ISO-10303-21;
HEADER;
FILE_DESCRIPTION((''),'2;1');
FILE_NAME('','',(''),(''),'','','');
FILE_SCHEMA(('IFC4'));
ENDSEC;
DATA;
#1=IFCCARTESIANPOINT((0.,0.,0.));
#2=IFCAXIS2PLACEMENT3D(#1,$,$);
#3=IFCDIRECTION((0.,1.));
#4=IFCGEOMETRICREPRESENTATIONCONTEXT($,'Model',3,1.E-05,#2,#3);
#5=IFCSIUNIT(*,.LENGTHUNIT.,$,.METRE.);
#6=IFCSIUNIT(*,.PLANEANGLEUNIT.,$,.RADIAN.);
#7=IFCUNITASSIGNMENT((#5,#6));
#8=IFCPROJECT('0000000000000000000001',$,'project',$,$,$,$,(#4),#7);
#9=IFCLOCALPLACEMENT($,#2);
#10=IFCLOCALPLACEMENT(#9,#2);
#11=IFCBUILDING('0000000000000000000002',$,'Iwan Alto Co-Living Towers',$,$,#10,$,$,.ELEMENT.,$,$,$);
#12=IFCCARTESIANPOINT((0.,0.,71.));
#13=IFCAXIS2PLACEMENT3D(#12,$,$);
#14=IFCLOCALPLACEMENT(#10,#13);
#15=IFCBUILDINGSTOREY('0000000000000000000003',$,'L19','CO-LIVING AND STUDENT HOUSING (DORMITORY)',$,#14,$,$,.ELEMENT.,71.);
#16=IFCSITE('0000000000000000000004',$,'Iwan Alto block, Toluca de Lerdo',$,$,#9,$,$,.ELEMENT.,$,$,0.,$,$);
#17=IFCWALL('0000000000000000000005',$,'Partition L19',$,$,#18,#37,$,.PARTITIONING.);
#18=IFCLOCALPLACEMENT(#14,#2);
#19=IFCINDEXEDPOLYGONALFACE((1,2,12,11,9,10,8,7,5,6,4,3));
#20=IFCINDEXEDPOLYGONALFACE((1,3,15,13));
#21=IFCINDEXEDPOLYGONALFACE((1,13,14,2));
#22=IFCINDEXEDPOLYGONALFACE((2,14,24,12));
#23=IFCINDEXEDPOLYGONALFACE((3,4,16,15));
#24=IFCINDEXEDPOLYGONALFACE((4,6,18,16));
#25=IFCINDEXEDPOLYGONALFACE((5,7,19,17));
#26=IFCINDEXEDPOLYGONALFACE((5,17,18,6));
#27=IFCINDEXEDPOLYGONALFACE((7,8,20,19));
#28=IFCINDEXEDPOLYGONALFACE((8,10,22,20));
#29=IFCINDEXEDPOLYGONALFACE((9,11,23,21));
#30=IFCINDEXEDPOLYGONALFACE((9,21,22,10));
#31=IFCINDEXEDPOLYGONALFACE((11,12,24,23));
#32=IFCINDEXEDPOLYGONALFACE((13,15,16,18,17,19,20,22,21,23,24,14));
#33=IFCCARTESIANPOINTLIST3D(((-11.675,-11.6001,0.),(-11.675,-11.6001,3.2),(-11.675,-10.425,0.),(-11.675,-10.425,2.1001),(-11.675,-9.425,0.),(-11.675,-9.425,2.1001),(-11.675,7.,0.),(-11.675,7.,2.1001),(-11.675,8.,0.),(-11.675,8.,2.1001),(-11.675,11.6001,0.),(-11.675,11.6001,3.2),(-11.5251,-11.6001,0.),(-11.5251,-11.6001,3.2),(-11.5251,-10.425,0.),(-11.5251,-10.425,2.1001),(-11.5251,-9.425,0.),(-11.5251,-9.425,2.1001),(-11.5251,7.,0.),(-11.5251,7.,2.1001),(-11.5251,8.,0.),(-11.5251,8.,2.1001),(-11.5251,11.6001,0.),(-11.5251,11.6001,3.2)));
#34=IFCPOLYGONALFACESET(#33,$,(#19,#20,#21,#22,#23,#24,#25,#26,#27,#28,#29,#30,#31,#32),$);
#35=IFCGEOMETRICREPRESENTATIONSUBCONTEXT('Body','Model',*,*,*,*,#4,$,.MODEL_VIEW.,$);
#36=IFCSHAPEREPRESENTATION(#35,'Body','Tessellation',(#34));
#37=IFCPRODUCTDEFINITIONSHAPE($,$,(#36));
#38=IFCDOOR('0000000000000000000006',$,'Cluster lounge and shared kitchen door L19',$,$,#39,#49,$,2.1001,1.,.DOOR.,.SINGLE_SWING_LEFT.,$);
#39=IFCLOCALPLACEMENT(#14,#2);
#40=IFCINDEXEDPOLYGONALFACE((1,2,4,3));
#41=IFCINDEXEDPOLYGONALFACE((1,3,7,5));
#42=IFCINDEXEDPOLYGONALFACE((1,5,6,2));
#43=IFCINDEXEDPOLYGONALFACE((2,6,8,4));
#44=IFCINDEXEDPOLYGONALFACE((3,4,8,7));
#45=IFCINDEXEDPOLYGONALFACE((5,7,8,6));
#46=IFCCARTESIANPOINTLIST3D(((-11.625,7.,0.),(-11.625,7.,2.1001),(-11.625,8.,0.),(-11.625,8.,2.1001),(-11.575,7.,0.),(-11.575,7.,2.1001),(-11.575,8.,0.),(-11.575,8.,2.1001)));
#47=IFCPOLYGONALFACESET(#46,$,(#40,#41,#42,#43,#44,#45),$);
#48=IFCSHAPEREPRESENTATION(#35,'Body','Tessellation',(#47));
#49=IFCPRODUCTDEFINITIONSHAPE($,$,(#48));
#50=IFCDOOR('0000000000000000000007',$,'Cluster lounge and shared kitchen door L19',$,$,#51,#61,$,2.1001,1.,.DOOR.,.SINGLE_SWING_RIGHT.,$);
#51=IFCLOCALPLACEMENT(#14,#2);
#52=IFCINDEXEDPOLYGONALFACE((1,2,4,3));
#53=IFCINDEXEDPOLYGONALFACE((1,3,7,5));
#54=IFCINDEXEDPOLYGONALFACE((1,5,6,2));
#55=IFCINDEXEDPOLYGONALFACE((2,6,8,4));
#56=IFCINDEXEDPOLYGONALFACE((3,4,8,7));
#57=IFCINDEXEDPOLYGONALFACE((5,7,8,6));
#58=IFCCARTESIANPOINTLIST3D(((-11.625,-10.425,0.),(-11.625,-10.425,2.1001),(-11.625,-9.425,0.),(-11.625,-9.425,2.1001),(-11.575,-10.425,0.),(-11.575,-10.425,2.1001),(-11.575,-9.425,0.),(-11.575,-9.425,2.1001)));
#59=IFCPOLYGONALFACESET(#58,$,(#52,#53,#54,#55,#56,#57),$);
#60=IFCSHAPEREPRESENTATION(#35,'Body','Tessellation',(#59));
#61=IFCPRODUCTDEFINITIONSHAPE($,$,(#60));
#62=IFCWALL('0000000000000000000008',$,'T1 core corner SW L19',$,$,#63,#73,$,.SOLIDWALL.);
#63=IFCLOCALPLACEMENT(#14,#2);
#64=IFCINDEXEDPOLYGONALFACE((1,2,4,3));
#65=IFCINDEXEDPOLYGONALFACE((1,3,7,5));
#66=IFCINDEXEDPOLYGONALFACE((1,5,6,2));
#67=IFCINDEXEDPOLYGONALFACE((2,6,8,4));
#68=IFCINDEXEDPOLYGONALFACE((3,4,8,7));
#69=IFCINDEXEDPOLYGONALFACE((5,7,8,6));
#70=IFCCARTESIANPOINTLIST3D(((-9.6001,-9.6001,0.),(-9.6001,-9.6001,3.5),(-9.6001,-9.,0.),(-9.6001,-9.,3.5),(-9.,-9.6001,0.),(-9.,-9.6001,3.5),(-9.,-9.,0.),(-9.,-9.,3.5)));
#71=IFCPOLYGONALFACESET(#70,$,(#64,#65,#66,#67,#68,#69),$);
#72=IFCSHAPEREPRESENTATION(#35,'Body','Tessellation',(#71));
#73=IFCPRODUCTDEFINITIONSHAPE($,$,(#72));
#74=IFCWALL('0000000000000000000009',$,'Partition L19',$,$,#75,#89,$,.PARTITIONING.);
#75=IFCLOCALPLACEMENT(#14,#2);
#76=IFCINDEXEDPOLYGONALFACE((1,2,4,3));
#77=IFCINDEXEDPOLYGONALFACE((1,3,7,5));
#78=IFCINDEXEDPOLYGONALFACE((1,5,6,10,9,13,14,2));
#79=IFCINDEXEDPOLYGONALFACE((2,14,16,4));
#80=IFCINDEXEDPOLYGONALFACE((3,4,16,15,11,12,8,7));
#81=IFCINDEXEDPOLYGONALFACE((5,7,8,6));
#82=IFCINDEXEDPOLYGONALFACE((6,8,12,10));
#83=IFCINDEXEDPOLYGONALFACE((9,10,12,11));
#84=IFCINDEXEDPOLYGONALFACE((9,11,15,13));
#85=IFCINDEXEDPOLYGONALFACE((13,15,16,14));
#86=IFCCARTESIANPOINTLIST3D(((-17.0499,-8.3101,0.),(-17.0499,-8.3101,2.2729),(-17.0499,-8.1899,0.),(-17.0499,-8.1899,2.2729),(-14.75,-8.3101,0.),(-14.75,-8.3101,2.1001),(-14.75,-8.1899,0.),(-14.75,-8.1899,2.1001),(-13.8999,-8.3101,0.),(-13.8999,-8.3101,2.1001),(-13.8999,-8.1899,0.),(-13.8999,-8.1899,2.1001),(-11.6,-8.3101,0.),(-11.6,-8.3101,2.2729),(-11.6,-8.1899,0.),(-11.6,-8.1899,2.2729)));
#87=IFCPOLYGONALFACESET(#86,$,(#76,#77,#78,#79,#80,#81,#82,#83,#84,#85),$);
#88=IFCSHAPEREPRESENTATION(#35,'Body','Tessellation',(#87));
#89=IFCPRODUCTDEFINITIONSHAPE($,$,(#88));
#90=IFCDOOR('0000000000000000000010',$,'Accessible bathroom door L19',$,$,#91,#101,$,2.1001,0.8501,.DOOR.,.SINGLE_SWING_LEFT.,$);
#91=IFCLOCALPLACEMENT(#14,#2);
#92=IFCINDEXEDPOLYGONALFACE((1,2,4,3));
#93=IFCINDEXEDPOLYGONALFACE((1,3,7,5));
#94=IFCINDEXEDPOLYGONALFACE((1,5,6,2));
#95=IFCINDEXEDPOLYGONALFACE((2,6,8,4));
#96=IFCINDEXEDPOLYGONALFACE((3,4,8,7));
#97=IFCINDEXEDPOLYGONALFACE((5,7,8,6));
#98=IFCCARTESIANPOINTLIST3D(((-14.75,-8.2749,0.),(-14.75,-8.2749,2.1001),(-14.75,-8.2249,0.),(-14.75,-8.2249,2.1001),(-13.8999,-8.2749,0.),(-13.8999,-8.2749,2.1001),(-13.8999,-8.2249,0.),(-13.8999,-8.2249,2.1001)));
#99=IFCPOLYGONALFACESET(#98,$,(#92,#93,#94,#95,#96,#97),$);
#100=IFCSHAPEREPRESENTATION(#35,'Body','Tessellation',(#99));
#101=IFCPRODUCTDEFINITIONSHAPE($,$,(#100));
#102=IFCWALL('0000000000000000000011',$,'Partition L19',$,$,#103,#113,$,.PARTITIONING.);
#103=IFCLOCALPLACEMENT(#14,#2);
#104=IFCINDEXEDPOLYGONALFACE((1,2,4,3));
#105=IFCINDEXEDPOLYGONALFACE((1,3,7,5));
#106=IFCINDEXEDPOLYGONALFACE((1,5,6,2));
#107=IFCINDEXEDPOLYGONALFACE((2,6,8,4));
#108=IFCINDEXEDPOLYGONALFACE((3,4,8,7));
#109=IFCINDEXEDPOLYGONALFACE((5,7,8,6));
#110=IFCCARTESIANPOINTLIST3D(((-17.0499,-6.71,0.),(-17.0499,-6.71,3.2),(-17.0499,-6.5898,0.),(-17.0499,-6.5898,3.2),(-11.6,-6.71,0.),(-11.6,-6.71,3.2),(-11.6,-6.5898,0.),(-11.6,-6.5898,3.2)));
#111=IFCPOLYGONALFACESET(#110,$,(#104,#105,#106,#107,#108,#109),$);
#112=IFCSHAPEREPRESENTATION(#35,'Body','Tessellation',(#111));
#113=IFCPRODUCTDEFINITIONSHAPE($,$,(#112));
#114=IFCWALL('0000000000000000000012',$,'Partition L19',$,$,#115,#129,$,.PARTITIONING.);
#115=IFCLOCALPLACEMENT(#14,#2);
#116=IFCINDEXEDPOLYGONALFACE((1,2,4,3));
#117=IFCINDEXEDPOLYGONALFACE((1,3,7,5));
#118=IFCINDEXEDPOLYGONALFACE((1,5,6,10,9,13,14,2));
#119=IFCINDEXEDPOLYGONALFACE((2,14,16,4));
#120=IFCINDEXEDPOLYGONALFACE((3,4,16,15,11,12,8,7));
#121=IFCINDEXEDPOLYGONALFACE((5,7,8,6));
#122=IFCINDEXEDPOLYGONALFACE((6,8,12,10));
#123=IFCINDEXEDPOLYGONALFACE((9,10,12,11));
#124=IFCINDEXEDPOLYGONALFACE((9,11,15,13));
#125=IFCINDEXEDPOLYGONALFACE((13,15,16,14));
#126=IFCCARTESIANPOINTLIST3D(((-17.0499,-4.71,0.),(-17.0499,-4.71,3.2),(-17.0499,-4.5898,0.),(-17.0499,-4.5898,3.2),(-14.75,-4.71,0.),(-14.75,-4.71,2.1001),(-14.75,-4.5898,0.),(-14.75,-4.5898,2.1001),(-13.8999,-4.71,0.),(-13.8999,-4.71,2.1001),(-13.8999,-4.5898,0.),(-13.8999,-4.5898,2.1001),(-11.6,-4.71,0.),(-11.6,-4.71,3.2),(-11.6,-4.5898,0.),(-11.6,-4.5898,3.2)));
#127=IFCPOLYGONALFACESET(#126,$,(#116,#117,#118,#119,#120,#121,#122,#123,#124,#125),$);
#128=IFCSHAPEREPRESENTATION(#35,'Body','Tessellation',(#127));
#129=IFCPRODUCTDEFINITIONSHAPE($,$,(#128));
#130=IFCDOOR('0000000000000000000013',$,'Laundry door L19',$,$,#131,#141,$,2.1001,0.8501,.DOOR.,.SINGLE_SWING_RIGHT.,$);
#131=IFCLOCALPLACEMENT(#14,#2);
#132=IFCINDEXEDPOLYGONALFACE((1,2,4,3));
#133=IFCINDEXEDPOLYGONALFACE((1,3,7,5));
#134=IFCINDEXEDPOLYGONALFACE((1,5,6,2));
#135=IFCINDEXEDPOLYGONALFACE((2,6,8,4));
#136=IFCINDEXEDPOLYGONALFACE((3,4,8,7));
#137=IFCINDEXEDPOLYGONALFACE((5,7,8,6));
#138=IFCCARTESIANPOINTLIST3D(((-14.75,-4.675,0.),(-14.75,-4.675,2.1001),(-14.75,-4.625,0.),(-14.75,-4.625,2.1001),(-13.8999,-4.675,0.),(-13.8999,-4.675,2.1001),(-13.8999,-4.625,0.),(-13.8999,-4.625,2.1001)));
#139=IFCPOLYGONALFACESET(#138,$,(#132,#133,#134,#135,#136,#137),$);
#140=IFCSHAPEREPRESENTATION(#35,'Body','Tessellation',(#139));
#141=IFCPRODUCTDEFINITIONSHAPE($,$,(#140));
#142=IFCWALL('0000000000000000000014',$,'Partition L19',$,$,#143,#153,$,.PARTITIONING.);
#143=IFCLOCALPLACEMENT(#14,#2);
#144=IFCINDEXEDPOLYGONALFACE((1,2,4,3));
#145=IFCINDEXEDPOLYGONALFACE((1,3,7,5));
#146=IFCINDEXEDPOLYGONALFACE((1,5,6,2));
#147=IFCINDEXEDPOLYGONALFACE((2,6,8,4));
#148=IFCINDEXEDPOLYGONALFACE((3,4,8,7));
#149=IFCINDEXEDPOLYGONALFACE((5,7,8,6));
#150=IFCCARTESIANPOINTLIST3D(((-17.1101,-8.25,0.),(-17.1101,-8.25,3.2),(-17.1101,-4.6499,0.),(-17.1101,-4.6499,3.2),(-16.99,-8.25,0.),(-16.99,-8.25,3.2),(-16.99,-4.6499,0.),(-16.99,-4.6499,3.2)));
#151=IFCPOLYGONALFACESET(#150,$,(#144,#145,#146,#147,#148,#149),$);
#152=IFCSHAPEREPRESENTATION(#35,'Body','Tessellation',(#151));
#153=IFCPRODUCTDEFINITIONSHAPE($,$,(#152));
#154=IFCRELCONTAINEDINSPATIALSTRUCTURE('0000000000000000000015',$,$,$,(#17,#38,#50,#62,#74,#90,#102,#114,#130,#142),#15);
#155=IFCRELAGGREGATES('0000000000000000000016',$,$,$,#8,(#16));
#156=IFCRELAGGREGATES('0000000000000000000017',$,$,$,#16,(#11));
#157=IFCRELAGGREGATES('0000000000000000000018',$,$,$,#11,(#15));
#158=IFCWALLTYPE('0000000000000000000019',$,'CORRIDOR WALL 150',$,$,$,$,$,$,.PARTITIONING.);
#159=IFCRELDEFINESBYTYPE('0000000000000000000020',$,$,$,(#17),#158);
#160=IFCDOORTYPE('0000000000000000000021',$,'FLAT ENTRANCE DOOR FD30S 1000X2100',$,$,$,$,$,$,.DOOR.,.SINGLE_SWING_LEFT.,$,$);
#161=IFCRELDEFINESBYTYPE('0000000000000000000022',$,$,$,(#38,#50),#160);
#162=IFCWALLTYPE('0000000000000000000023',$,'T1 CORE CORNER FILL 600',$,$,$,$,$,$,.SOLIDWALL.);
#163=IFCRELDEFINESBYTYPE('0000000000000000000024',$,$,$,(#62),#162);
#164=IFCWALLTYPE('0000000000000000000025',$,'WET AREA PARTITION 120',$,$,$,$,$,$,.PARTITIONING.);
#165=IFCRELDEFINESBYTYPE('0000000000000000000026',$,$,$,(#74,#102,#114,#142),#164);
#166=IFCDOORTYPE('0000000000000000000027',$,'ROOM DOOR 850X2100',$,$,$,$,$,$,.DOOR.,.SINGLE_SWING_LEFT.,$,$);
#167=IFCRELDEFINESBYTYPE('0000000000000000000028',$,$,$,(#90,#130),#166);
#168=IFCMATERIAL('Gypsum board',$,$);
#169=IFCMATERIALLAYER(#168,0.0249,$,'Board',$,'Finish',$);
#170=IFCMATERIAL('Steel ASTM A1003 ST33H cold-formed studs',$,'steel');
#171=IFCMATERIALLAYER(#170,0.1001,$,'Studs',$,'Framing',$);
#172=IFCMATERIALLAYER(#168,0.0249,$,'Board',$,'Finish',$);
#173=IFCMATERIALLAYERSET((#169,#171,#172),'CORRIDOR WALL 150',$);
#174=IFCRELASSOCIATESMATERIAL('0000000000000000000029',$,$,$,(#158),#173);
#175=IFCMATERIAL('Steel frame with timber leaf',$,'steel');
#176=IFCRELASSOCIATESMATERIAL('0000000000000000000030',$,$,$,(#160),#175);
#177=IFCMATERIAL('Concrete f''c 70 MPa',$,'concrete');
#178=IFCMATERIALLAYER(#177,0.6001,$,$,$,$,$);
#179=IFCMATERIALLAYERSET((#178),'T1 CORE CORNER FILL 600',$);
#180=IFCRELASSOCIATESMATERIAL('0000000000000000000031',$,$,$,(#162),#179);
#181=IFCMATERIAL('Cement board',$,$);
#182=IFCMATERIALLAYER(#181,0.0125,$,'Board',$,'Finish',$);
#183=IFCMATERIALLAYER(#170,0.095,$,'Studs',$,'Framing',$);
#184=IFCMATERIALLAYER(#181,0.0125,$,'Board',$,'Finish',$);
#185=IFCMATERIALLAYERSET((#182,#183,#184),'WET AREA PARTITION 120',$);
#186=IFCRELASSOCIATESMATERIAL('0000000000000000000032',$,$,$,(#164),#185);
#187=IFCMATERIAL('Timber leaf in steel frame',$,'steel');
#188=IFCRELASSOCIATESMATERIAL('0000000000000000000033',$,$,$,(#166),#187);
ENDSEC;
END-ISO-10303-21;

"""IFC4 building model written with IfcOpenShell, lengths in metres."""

from ifc_helpers import new_model, si_unit, direction, frame, frame_2d, origin, place, context, subcontext, project, spatial, rectangle, extrude, material, layer, layer_set, type_object, element, fill, save


model = new_model("IFC4")

# Units and contexts
model_context = context("Model", 3, precision=1e-05, world=origin(), true_north=direction((0.0, 1.0)))
body_context = subcontext(model_context, "Body", "Model", "MODEL_VIEW")
ifc_project = project(units=[si_unit("LENGTHUNIT", "METRE"), si_unit("PLANEANGLEUNIT", "RADIAN")], contexts=[model_context])

# Site, building, storey
site_placement = place(None, origin())
site = spatial("IfcSite", under=ifc_project, at=site_placement, Name="Iwan Alto block, Toluca de Lerdo", CompositionType="ELEMENT", RefElevation=0.0)
building_placement = place(site_placement, origin())
building = spatial("IfcBuilding", under=site, at=building_placement, Name="Iwan Alto Co-Living Towers", CompositionType="ELEMENT")
storey_placement = place(building_placement, frame((0.0, 0.0, 71.0)))
storey = spatial("IfcBuildingStorey", under=building, at=storey_placement, Name="L19", Description="CO-LIVING AND STUDENT HOUSING (DORMITORY)", CompositionType="ELEMENT", Elevation=71.0)

# Wall, openings, doors
ifc_material_1 = material(Name="Gypsum board")
ifc_layer_1 = layer(ifc_material_1, 0.0249, Name="Board", Category="Finish")
ifc_material_2 = material(Name="Steel ASTM A1003 ST33H cold-formed studs", Category="steel")
ifc_layer_2 = layer(ifc_material_2, 0.1001, Name="Studs", Category="Framing")
ifc_layer_3 = layer(ifc_material_1, 0.0249, Name="Board", Category="Finish")
ifc_layer_set_1 = layer_set([ifc_layer_1, ifc_layer_2, ifc_layer_3], Name="CORRIDOR WALL 150")
wall_type_1 = type_object("IfcWallType", Name="CORRIDOR WALL 150", PredefinedType="PARTITIONING", material=ifc_layer_set_1)
wall_1_placement = place(storey_placement, frame((-11.6001, -11.6001, 0.0), z_axis=(0.0, 0.0, 1.0), x_axis=(0.0, 1.0, 0.0)))
wall_1 = element("IfcWall", 1, at=wall_1_placement, inside=storey, type_object=wall_type_1, Name="Partition L19", PredefinedType="PARTITIONING", context=body_context, shape_type="SweptSolid", body=[
    extrude(rectangle(XDim=23.2002, YDim=0.1499, at=frame_2d((11.6001, 0.0))), origin(), (0.0, 0.0, 1.0), 3.2),
])
opening_1_placement = place(wall_1_placement, frame((18.6001, 0.0, 0.0)))
opening_1 = element("IfcOpeningElement", 2, at=opening_1_placement, cuts=wall_1, PredefinedType="OPENING", context=body_context, shape_type="SweptSolid", body=[
    extrude(rectangle(XDim=1.0, YDim=2.1001, at=frame_2d((0.5, 1.05))), frame((0.0, 0.085, 0.0), z_axis=(0.0, -1.0, 0.0), x_axis=(1.0, 0.0, 0.0)), (0.0, 0.0, 1.0), 0.1699),
])
opening_2_placement = place(wall_1_placement, frame((1.175, 0.0, 0.0)))
opening_2 = element("IfcOpeningElement", 3, at=opening_2_placement, cuts=wall_1, PredefinedType="OPENING", context=body_context, shape_type="SweptSolid", body=[
    extrude(rectangle(XDim=1.0, YDim=2.1001, at=frame_2d((0.5, 1.05))), frame((0.0, 0.085, 0.0), z_axis=(0.0, -1.0, 0.0), x_axis=(1.0, 0.0, 0.0)), (0.0, 0.0, 1.0), 0.1699),
])
ifc_material_3 = material(Name="Steel frame with timber leaf", Category="steel")
door_type_1 = type_object("IfcDoorType", Name="FLAT ENTRANCE DOOR FD30S 1000X2100", OperationType="SINGLE_SWING_LEFT", PredefinedType="DOOR", material=ifc_material_3)
door_1_placement = place(opening_1_placement, origin())
door_1 = element("IfcDoor", 4, at=door_1_placement, inside=storey, type_object=door_type_1, Name="Cluster lounge and shared kitchen door L19", OperationType="SINGLE_SWING_LEFT", OverallHeight=2.1001, OverallWidth=1.0, PredefinedType="DOOR", context=body_context, shape_type="SweptSolid", body=[
    extrude(rectangle(XDim=1.0, YDim=2.1001, at=frame_2d((0.5, 1.05))), frame((0.0, 0.0249, 0.0), z_axis=(0.0, -1.0, 0.0), x_axis=(1.0, 0.0, 0.0)), (0.0, 0.0, 1.0), 0.05),
])
fill(opening_1, door_1)
door_2_placement = place(opening_2_placement, origin())
door_2 = element("IfcDoor", 5, at=door_2_placement, inside=storey, type_object=door_type_1, Name="Cluster lounge and shared kitchen door L19", OperationType="SINGLE_SWING_RIGHT", OverallHeight=2.1001, OverallWidth=1.0, PredefinedType="DOOR", context=body_context, shape_type="SweptSolid", body=[
    extrude(rectangle(XDim=1.0, YDim=2.1001, at=frame_2d((0.5, 1.05))), frame((0.0, 0.0249, 0.0), z_axis=(0.0, -1.0, 0.0), x_axis=(1.0, 0.0, 0.0)), (0.0, 0.0, 1.0), 0.05),
])
fill(opening_2, door_2)

# Wall
ifc_material_4 = material(Name="Concrete f'c 70 MPa", Category="concrete")
ifc_layer_4 = layer(ifc_material_4, 0.6001)
ifc_layer_set_2 = layer_set([ifc_layer_4], Name="T1 CORE CORNER FILL 600")
wall_type_2 = type_object("IfcWallType", Name="T1 CORE CORNER FILL 600", PredefinedType="SOLIDWALL", material=ifc_layer_set_2)
wall_2_placement = place(storey_placement, frame((-9.6001, -9.3, 0.0), z_axis=(0.0, 0.0, 1.0), x_axis=(1.0, 0.0, 0.0)))
element("IfcWall", 6, at=wall_2_placement, inside=storey, type_object=wall_type_2, Name="T1 core corner SW L19", PredefinedType="SOLIDWALL", context=body_context, shape_type="SweptSolid", body=[
    extrude(rectangle(XDim=0.6001, YDim=0.6001, at=frame_2d((0.3, 0.0))), origin(), (0.0, 0.0, 1.0), 3.5),
])

# Wall, opening, door
ifc_material_5 = material(Name="Cement board")
ifc_layer_5 = layer(ifc_material_5, 0.0125, Name="Board", Category="Finish")
ifc_layer_6 = layer(ifc_material_2, 0.095, Name="Studs", Category="Framing")
ifc_layer_7 = layer(ifc_material_5, 0.0125, Name="Board", Category="Finish")
ifc_layer_set_3 = layer_set([ifc_layer_5, ifc_layer_6, ifc_layer_7], Name="WET AREA PARTITION 120")
wall_type_3 = type_object("IfcWallType", Name="WET AREA PARTITION 120", PredefinedType="PARTITIONING", material=ifc_layer_set_3)
wall_3_placement = place(storey_placement, frame((-17.05, -8.25, 0.0), z_axis=(0.0, 0.0, 1.0), x_axis=(1.0, 0.0, 0.0)))
wall_3 = element("IfcWall", 7, at=wall_3_placement, inside=storey, type_object=wall_type_3, Name="Partition L19", PredefinedType="PARTITIONING", context=body_context, shape_type="SweptSolid", body=[
    extrude(rectangle(XDim=5.45, YDim=0.1201, at=frame_2d((2.7251, 0.0))), origin(), (0.0, 0.0, 1.0), 2.2729),
])
opening_3_placement = place(wall_3_placement, frame((2.3, 0.0, 0.0)))
opening_3 = element("IfcOpeningElement", 8, at=opening_3_placement, cuts=wall_3, PredefinedType="OPENING", context=body_context, shape_type="SweptSolid", body=[
    extrude(rectangle(XDim=0.8501, YDim=2.1001, at=frame_2d((0.425, 1.05))), frame((0.0, 0.0701, 0.0), z_axis=(0.0, -1.0, 0.0), x_axis=(1.0, 0.0, 0.0)), (0.0, 0.0, 1.0), 0.1401),
])
ifc_material_6 = material(Name="Timber leaf in steel frame", Category="steel")
door_type_2 = type_object("IfcDoorType", Name="ROOM DOOR 850X2100", OperationType="SINGLE_SWING_LEFT", PredefinedType="DOOR", material=ifc_material_6)
door_3_placement = place(opening_3_placement, frame((0.8501, 0.0, 0.0), z_axis=(0.0, 0.0, 1.0), x_axis=(-1.0, 0.0, 0.0)))
door_3 = element("IfcDoor", 9, at=door_3_placement, inside=storey, type_object=door_type_2, Name="Accessible bathroom door L19", OperationType="SINGLE_SWING_LEFT", OverallHeight=2.1001, OverallWidth=0.8501, PredefinedType="DOOR", context=body_context, shape_type="SweptSolid", body=[
    extrude(rectangle(XDim=0.8501, YDim=2.1001, at=frame_2d((0.425, 1.05))), frame((0.0, 0.0249, 0.0), z_axis=(0.0, -1.0, 0.0), x_axis=(1.0, 0.0, 0.0)), (0.0, 0.0, 1.0), 0.05),
])
fill(opening_3, door_3)

# Wall
wall_4_placement = place(storey_placement, frame((-17.05, -6.6499, 0.0), z_axis=(0.0, 0.0, 1.0), x_axis=(1.0, 0.0, 0.0)))
element("IfcWall", 10, at=wall_4_placement, inside=storey, type_object=wall_type_3, Name="Partition L19", PredefinedType="PARTITIONING", context=body_context, shape_type="SweptSolid", body=[
    extrude(rectangle(XDim=5.45, YDim=0.1201, at=frame_2d((2.7251, 0.0))), origin(), (0.0, 0.0, 1.0), 3.2),
])

# Wall, opening, door
wall_5_placement = place(storey_placement, frame((-17.05, -4.6499, 0.0), z_axis=(0.0, 0.0, 1.0), x_axis=(1.0, 0.0, 0.0)))
wall_5 = element("IfcWall", 11, at=wall_5_placement, inside=storey, type_object=wall_type_3, Name="Partition L19", PredefinedType="PARTITIONING", context=body_context, shape_type="SweptSolid", body=[
    extrude(rectangle(XDim=5.45, YDim=0.1201, at=frame_2d((2.7251, 0.0))), origin(), (0.0, 0.0, 1.0), 3.2),
])
opening_4_placement = place(wall_5_placement, frame((2.3, 0.0, 0.0)))
opening_4 = element("IfcOpeningElement", 12, at=opening_4_placement, cuts=wall_5, PredefinedType="OPENING", context=body_context, shape_type="SweptSolid", body=[
    extrude(rectangle(XDim=0.8501, YDim=2.1001, at=frame_2d((0.425, 1.05))), frame((0.0, 0.0701, 0.0), z_axis=(0.0, -1.0, 0.0), x_axis=(1.0, 0.0, 0.0)), (0.0, 0.0, 1.0), 0.1401),
])
door_4_placement = place(opening_4_placement, origin())
door_4 = element("IfcDoor", 13, at=door_4_placement, inside=storey, type_object=door_type_2, Name="Laundry door L19", OperationType="SINGLE_SWING_RIGHT", OverallHeight=2.1001, OverallWidth=0.8501, PredefinedType="DOOR", context=body_context, shape_type="SweptSolid", body=[
    extrude(rectangle(XDim=0.8501, YDim=2.1001, at=frame_2d((0.425, 1.05))), frame((0.0, 0.0249, 0.0), z_axis=(0.0, -1.0, 0.0), x_axis=(1.0, 0.0, 0.0)), (0.0, 0.0, 1.0), 0.05),
])
fill(opening_4, door_4)

# Wall
wall_6_placement = place(storey_placement, frame((-17.05, -8.25, 0.0), z_axis=(0.0, 0.0, 1.0), x_axis=(0.0, 1.0, 0.0)))
element("IfcWall", 14, at=wall_6_placement, inside=storey, type_object=wall_type_3, Name="Partition L19", PredefinedType="PARTITIONING", context=body_context, shape_type="SweptSolid", body=[
    extrude(rectangle(XDim=3.6001, YDim=0.1201, at=frame_2d((1.8, 0.0))), origin(), (0.0, 0.0, 1.0), 3.2),
])

save(model, "model.ifc")
